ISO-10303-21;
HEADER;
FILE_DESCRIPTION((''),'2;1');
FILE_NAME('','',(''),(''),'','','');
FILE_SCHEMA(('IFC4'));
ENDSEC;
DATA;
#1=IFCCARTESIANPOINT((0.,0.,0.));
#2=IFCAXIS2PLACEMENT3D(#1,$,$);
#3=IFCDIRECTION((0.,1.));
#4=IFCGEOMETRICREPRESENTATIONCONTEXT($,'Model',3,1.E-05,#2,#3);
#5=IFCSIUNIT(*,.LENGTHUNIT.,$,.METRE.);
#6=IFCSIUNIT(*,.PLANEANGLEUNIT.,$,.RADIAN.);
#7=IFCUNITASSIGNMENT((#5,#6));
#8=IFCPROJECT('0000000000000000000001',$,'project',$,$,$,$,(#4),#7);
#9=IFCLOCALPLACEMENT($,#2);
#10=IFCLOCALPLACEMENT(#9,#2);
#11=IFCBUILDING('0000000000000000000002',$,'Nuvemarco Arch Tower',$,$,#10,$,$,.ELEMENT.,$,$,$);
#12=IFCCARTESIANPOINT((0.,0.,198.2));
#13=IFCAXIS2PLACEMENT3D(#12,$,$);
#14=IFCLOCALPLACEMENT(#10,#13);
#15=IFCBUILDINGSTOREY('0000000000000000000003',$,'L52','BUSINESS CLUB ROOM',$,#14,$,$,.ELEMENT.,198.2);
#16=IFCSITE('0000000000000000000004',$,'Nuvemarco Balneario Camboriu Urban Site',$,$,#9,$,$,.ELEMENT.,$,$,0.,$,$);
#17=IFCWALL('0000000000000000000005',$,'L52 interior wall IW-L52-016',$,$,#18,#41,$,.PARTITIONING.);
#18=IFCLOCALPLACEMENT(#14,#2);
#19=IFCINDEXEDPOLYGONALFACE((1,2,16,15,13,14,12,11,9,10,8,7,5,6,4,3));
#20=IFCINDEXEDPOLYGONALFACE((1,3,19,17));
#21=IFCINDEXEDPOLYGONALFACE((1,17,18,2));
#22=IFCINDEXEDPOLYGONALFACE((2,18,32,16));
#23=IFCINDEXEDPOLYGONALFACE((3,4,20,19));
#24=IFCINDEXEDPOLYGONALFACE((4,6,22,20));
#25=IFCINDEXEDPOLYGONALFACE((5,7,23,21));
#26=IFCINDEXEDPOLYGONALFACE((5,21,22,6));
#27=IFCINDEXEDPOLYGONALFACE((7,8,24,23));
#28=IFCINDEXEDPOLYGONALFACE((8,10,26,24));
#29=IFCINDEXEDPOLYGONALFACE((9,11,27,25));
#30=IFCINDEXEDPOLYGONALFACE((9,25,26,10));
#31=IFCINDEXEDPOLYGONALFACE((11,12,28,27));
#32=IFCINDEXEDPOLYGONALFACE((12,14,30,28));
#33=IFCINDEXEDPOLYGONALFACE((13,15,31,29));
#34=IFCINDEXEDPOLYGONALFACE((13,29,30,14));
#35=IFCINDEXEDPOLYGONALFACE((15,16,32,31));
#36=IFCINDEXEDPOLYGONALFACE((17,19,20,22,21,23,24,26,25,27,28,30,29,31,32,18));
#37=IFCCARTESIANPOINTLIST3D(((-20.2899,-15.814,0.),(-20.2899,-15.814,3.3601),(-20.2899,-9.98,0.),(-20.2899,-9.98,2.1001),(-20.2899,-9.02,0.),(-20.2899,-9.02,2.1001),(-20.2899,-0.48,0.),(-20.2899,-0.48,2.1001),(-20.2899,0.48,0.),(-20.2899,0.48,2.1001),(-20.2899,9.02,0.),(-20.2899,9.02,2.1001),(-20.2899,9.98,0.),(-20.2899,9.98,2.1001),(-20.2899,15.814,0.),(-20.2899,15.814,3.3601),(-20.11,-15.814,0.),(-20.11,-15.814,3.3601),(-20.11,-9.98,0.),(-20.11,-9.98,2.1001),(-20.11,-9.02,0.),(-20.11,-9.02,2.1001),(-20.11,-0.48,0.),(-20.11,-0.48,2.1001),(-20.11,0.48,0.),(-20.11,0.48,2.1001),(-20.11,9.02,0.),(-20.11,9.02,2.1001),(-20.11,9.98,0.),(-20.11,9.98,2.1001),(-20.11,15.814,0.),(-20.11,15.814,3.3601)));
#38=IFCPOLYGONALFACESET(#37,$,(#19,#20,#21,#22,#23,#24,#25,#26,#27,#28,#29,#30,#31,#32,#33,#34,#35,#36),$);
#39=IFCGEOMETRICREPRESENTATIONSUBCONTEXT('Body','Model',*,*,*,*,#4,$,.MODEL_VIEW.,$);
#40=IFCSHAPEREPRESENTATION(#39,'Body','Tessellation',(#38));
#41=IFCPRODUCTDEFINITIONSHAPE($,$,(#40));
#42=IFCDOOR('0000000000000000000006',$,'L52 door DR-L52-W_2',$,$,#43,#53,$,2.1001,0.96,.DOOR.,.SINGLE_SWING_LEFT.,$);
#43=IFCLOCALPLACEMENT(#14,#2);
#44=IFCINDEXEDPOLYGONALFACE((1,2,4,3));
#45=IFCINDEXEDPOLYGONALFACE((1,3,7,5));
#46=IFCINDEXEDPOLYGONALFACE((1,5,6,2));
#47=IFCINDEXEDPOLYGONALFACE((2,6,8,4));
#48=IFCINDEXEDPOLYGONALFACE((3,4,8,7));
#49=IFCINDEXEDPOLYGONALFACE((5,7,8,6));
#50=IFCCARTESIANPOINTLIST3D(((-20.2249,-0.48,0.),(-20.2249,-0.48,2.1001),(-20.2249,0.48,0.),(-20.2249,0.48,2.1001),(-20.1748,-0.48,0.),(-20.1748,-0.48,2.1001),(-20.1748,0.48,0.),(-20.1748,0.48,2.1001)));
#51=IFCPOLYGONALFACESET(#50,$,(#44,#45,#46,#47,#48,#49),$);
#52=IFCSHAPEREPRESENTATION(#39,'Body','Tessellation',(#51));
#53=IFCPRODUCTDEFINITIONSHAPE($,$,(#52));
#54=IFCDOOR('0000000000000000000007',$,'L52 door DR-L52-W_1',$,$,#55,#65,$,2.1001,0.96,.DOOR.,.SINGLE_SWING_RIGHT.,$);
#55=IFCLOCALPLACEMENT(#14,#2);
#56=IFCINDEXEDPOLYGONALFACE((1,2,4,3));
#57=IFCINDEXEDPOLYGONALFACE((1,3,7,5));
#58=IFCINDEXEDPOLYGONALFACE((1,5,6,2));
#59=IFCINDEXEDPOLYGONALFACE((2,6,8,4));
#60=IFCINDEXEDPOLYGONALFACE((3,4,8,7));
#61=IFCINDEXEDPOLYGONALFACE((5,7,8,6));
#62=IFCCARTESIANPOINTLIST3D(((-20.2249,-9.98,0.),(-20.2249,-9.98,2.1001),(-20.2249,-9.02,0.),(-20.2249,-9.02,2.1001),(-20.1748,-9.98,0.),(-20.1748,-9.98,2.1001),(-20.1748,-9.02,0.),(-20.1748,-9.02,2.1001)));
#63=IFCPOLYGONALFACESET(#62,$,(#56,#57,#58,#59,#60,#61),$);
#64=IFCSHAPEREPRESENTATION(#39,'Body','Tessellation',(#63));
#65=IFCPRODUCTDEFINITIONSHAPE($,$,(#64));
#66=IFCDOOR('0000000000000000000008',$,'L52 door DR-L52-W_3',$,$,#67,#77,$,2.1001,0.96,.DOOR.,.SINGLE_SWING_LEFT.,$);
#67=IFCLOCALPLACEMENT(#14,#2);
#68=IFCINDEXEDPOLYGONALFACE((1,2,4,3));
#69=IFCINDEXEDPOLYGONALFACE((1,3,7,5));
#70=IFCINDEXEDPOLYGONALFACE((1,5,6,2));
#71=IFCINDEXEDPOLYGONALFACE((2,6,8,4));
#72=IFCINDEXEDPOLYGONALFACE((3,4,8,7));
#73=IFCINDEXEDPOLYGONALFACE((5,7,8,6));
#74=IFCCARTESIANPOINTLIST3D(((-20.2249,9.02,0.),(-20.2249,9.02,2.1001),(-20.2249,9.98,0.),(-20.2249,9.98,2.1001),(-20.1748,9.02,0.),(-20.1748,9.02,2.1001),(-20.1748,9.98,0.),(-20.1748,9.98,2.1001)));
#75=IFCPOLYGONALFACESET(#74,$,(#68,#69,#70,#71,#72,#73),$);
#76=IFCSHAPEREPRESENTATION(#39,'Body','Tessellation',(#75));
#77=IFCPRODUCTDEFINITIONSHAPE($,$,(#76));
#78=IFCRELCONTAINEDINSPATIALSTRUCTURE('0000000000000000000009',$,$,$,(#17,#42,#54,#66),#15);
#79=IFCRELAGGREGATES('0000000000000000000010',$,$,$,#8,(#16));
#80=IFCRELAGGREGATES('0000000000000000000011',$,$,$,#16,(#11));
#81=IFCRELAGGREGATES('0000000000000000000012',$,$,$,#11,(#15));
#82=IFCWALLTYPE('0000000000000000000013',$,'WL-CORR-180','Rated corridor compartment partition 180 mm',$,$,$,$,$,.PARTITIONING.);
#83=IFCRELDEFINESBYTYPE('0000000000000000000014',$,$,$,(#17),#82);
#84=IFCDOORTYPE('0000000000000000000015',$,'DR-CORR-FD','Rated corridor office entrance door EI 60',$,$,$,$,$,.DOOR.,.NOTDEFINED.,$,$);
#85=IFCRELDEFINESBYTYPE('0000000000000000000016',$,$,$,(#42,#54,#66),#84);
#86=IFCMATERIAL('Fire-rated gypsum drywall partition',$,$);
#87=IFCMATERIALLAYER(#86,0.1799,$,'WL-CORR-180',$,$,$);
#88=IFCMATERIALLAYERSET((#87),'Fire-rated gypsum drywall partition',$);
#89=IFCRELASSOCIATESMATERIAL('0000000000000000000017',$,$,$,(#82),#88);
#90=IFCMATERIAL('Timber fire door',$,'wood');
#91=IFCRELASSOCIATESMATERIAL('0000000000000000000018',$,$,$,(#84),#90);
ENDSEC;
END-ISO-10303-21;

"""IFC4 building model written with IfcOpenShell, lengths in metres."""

from ifc_helpers import new_model, si_unit, direction, frame, frame_2d, origin, place, context, subcontext, project, spatial, rectangle, extrude, source, transform, mapped, material, layer, layer_set, type_object, type_shapes, element, fill, save


model = new_model("IFC4")

# Units and contexts
model_context = context("Model", 3, precision=1e-05, world=origin(), true_north=direction((0.0, 1.0)))
body_context = subcontext(model_context, "Body", "Model", "MODEL_VIEW")
ifc_project = project(units=[si_unit("LENGTHUNIT", "METRE"), si_unit("PLANEANGLEUNIT", "RADIAN")], contexts=[model_context])

# Site, building, storey
site_placement = place(None, origin())
site = spatial("IfcSite", under=ifc_project, at=site_placement, Name="Nuvemarco Balneario Camboriu Urban Site", CompositionType="ELEMENT", RefElevation=0.0)
building_placement = place(site_placement, origin())
building = spatial("IfcBuilding", under=site, at=building_placement, Name="Nuvemarco Arch Tower", CompositionType="ELEMENT")
storey_placement = place(building_placement, frame((0.0, 0.0, 198.2)))
storey = spatial("IfcBuildingStorey", under=building, at=storey_placement, Name="L52", Description="BUSINESS CLUB ROOM", CompositionType="ELEMENT", Elevation=198.2)

# Shared definitions
ifc_material_1 = material(Name="Fire-rated gypsum drywall partition")
ifc_layer = layer(ifc_material_1, 0.1799, Name="WL-CORR-180")
ifc_layer_set = layer_set([ifc_layer], Name="Fire-rated gypsum drywall partition")
wall_type = type_object("IfcWallType", Name="WL-CORR-180", Description="Rated corridor compartment partition 180 mm", PredefinedType="PARTITIONING", material=ifc_layer_set)
ifc_material_2 = material(Name="Timber fire door", Category="wood")
door_type = type_object("IfcDoorType", Name="DR-CORR-FD", Description="Rated corridor office entrance door EI 60", OperationType="NOTDEFINED", PredefinedType="DOOR", material=ifc_material_2)
shared_shape = source(origin(), body_context, "Body", "SweptSolid", [
    extrude(rectangle(XDim=0.96, YDim=2.1001, at=frame_2d((0.48, 1.05))), frame((0.0, 0.0249, 0.0), z_axis=(0.0, -1.0, 0.0), x_axis=(1.0, 0.0, 0.0)), (0.0, 0.0, 1.0), 0.05),
])
type_shapes(door_type, [shared_shape])

# Wall, openings, doors
wall_1_placement = place(storey_placement, frame((-20.2, -15.814, 0.0), z_axis=(0.0, 0.0, 1.0), x_axis=(0.0, 1.0, 0.0)))
wall_1 = element("IfcWall", 1, at=wall_1_placement, inside=storey, type_object=wall_type, Name="L52 interior wall IW-L52-016", PredefinedType="PARTITIONING", context=body_context, shape_type="SweptSolid", body=[
    extrude(rectangle(XDim=31.6279, YDim=0.1799, at=frame_2d((15.814, 0.0))), origin(), (0.0, 0.0, 1.0), 3.3601),
])
opening_1_placement = place(wall_1_placement, frame((15.334, 0.0, 0.0)))
opening_1 = element("IfcOpeningElement", 2, at=opening_1_placement, cuts=wall_1, PredefinedType="OPENING", context=body_context, shape_type="SweptSolid", body=[
    extrude(rectangle(XDim=0.96, YDim=2.1001, at=frame_2d((0.48, 1.05))), frame((0.0, 0.0999, 0.0), z_axis=(0.0, -1.0, 0.0), x_axis=(1.0, 0.0, 0.0)), (0.0, 0.0, 1.0), 0.2),
])
opening_2_placement = place(wall_1_placement, frame((5.834, 0.0, 0.0)))
opening_2 = element("IfcOpeningElement", 3, at=opening_2_placement, cuts=wall_1, PredefinedType="OPENING", context=body_context, shape_type="SweptSolid", body=[
    extrude(rectangle(XDim=0.96, YDim=2.1001, at=frame_2d((0.48, 1.05))), frame((0.0, 0.0999, 0.0), z_axis=(0.0, -1.0, 0.0), x_axis=(1.0, 0.0, 0.0)), (0.0, 0.0, 1.0), 0.2),
])
opening_3_placement = place(wall_1_placement, frame((24.834, 0.0, 0.0)))
opening_3 = element("IfcOpeningElement", 4, at=opening_3_placement, cuts=wall_1, PredefinedType="OPENING", context=body_context, shape_type="SweptSolid", body=[
    extrude(rectangle(XDim=0.96, YDim=2.1001, at=frame_2d((0.48, 1.05))), frame((0.0, 0.0999, 0.0), z_axis=(0.0, -1.0, 0.0), x_axis=(1.0, 0.0, 0.0)), (0.0, 0.0, 1.0), 0.2),
])
door_1_placement = place(opening_1_placement, origin())
door_1 = element("IfcDoor", 5, at=door_1_placement, inside=storey, type_object=door_type, Name="L52 door DR-L52-W_2", OperationType="SINGLE_SWING_LEFT", OverallHeight=2.1001, OverallWidth=0.96, PredefinedType="DOOR", context=body_context, shape_type="MappedRepresentation", body=[
    mapped(shared_shape, transform((0.0, 0.0, 0.0), scale=1.0)),
])
fill(opening_1, door_1)
door_2_placement = place(opening_2_placement, origin())
door_2 = element("IfcDoor", 6, at=door_2_placement, inside=storey, type_object=door_type, Name="L52 door DR-L52-W_1", OperationType="SINGLE_SWING_RIGHT", OverallHeight=2.1001, OverallWidth=0.96, PredefinedType="DOOR", context=body_context, shape_type="MappedRepresentation", body=[
    mapped(shared_shape, transform((0.0, 0.0, 0.0), scale=1.0)),
])
fill(opening_2, door_2)
door_3_placement = place(opening_3_placement, origin())
door_3 = element("IfcDoor", 7, at=door_3_placement, inside=storey, type_object=door_type, Name="L52 door DR-L52-W_3", OperationType="SINGLE_SWING_LEFT", OverallHeight=2.1001, OverallWidth=0.96, PredefinedType="DOOR", context=body_context, shape_type="MappedRepresentation", body=[
    mapped(shared_shape, transform((0.0, 0.0, 0.0), scale=1.0)),
])
fill(opening_3, door_3)

save(model, "model.ifc")
